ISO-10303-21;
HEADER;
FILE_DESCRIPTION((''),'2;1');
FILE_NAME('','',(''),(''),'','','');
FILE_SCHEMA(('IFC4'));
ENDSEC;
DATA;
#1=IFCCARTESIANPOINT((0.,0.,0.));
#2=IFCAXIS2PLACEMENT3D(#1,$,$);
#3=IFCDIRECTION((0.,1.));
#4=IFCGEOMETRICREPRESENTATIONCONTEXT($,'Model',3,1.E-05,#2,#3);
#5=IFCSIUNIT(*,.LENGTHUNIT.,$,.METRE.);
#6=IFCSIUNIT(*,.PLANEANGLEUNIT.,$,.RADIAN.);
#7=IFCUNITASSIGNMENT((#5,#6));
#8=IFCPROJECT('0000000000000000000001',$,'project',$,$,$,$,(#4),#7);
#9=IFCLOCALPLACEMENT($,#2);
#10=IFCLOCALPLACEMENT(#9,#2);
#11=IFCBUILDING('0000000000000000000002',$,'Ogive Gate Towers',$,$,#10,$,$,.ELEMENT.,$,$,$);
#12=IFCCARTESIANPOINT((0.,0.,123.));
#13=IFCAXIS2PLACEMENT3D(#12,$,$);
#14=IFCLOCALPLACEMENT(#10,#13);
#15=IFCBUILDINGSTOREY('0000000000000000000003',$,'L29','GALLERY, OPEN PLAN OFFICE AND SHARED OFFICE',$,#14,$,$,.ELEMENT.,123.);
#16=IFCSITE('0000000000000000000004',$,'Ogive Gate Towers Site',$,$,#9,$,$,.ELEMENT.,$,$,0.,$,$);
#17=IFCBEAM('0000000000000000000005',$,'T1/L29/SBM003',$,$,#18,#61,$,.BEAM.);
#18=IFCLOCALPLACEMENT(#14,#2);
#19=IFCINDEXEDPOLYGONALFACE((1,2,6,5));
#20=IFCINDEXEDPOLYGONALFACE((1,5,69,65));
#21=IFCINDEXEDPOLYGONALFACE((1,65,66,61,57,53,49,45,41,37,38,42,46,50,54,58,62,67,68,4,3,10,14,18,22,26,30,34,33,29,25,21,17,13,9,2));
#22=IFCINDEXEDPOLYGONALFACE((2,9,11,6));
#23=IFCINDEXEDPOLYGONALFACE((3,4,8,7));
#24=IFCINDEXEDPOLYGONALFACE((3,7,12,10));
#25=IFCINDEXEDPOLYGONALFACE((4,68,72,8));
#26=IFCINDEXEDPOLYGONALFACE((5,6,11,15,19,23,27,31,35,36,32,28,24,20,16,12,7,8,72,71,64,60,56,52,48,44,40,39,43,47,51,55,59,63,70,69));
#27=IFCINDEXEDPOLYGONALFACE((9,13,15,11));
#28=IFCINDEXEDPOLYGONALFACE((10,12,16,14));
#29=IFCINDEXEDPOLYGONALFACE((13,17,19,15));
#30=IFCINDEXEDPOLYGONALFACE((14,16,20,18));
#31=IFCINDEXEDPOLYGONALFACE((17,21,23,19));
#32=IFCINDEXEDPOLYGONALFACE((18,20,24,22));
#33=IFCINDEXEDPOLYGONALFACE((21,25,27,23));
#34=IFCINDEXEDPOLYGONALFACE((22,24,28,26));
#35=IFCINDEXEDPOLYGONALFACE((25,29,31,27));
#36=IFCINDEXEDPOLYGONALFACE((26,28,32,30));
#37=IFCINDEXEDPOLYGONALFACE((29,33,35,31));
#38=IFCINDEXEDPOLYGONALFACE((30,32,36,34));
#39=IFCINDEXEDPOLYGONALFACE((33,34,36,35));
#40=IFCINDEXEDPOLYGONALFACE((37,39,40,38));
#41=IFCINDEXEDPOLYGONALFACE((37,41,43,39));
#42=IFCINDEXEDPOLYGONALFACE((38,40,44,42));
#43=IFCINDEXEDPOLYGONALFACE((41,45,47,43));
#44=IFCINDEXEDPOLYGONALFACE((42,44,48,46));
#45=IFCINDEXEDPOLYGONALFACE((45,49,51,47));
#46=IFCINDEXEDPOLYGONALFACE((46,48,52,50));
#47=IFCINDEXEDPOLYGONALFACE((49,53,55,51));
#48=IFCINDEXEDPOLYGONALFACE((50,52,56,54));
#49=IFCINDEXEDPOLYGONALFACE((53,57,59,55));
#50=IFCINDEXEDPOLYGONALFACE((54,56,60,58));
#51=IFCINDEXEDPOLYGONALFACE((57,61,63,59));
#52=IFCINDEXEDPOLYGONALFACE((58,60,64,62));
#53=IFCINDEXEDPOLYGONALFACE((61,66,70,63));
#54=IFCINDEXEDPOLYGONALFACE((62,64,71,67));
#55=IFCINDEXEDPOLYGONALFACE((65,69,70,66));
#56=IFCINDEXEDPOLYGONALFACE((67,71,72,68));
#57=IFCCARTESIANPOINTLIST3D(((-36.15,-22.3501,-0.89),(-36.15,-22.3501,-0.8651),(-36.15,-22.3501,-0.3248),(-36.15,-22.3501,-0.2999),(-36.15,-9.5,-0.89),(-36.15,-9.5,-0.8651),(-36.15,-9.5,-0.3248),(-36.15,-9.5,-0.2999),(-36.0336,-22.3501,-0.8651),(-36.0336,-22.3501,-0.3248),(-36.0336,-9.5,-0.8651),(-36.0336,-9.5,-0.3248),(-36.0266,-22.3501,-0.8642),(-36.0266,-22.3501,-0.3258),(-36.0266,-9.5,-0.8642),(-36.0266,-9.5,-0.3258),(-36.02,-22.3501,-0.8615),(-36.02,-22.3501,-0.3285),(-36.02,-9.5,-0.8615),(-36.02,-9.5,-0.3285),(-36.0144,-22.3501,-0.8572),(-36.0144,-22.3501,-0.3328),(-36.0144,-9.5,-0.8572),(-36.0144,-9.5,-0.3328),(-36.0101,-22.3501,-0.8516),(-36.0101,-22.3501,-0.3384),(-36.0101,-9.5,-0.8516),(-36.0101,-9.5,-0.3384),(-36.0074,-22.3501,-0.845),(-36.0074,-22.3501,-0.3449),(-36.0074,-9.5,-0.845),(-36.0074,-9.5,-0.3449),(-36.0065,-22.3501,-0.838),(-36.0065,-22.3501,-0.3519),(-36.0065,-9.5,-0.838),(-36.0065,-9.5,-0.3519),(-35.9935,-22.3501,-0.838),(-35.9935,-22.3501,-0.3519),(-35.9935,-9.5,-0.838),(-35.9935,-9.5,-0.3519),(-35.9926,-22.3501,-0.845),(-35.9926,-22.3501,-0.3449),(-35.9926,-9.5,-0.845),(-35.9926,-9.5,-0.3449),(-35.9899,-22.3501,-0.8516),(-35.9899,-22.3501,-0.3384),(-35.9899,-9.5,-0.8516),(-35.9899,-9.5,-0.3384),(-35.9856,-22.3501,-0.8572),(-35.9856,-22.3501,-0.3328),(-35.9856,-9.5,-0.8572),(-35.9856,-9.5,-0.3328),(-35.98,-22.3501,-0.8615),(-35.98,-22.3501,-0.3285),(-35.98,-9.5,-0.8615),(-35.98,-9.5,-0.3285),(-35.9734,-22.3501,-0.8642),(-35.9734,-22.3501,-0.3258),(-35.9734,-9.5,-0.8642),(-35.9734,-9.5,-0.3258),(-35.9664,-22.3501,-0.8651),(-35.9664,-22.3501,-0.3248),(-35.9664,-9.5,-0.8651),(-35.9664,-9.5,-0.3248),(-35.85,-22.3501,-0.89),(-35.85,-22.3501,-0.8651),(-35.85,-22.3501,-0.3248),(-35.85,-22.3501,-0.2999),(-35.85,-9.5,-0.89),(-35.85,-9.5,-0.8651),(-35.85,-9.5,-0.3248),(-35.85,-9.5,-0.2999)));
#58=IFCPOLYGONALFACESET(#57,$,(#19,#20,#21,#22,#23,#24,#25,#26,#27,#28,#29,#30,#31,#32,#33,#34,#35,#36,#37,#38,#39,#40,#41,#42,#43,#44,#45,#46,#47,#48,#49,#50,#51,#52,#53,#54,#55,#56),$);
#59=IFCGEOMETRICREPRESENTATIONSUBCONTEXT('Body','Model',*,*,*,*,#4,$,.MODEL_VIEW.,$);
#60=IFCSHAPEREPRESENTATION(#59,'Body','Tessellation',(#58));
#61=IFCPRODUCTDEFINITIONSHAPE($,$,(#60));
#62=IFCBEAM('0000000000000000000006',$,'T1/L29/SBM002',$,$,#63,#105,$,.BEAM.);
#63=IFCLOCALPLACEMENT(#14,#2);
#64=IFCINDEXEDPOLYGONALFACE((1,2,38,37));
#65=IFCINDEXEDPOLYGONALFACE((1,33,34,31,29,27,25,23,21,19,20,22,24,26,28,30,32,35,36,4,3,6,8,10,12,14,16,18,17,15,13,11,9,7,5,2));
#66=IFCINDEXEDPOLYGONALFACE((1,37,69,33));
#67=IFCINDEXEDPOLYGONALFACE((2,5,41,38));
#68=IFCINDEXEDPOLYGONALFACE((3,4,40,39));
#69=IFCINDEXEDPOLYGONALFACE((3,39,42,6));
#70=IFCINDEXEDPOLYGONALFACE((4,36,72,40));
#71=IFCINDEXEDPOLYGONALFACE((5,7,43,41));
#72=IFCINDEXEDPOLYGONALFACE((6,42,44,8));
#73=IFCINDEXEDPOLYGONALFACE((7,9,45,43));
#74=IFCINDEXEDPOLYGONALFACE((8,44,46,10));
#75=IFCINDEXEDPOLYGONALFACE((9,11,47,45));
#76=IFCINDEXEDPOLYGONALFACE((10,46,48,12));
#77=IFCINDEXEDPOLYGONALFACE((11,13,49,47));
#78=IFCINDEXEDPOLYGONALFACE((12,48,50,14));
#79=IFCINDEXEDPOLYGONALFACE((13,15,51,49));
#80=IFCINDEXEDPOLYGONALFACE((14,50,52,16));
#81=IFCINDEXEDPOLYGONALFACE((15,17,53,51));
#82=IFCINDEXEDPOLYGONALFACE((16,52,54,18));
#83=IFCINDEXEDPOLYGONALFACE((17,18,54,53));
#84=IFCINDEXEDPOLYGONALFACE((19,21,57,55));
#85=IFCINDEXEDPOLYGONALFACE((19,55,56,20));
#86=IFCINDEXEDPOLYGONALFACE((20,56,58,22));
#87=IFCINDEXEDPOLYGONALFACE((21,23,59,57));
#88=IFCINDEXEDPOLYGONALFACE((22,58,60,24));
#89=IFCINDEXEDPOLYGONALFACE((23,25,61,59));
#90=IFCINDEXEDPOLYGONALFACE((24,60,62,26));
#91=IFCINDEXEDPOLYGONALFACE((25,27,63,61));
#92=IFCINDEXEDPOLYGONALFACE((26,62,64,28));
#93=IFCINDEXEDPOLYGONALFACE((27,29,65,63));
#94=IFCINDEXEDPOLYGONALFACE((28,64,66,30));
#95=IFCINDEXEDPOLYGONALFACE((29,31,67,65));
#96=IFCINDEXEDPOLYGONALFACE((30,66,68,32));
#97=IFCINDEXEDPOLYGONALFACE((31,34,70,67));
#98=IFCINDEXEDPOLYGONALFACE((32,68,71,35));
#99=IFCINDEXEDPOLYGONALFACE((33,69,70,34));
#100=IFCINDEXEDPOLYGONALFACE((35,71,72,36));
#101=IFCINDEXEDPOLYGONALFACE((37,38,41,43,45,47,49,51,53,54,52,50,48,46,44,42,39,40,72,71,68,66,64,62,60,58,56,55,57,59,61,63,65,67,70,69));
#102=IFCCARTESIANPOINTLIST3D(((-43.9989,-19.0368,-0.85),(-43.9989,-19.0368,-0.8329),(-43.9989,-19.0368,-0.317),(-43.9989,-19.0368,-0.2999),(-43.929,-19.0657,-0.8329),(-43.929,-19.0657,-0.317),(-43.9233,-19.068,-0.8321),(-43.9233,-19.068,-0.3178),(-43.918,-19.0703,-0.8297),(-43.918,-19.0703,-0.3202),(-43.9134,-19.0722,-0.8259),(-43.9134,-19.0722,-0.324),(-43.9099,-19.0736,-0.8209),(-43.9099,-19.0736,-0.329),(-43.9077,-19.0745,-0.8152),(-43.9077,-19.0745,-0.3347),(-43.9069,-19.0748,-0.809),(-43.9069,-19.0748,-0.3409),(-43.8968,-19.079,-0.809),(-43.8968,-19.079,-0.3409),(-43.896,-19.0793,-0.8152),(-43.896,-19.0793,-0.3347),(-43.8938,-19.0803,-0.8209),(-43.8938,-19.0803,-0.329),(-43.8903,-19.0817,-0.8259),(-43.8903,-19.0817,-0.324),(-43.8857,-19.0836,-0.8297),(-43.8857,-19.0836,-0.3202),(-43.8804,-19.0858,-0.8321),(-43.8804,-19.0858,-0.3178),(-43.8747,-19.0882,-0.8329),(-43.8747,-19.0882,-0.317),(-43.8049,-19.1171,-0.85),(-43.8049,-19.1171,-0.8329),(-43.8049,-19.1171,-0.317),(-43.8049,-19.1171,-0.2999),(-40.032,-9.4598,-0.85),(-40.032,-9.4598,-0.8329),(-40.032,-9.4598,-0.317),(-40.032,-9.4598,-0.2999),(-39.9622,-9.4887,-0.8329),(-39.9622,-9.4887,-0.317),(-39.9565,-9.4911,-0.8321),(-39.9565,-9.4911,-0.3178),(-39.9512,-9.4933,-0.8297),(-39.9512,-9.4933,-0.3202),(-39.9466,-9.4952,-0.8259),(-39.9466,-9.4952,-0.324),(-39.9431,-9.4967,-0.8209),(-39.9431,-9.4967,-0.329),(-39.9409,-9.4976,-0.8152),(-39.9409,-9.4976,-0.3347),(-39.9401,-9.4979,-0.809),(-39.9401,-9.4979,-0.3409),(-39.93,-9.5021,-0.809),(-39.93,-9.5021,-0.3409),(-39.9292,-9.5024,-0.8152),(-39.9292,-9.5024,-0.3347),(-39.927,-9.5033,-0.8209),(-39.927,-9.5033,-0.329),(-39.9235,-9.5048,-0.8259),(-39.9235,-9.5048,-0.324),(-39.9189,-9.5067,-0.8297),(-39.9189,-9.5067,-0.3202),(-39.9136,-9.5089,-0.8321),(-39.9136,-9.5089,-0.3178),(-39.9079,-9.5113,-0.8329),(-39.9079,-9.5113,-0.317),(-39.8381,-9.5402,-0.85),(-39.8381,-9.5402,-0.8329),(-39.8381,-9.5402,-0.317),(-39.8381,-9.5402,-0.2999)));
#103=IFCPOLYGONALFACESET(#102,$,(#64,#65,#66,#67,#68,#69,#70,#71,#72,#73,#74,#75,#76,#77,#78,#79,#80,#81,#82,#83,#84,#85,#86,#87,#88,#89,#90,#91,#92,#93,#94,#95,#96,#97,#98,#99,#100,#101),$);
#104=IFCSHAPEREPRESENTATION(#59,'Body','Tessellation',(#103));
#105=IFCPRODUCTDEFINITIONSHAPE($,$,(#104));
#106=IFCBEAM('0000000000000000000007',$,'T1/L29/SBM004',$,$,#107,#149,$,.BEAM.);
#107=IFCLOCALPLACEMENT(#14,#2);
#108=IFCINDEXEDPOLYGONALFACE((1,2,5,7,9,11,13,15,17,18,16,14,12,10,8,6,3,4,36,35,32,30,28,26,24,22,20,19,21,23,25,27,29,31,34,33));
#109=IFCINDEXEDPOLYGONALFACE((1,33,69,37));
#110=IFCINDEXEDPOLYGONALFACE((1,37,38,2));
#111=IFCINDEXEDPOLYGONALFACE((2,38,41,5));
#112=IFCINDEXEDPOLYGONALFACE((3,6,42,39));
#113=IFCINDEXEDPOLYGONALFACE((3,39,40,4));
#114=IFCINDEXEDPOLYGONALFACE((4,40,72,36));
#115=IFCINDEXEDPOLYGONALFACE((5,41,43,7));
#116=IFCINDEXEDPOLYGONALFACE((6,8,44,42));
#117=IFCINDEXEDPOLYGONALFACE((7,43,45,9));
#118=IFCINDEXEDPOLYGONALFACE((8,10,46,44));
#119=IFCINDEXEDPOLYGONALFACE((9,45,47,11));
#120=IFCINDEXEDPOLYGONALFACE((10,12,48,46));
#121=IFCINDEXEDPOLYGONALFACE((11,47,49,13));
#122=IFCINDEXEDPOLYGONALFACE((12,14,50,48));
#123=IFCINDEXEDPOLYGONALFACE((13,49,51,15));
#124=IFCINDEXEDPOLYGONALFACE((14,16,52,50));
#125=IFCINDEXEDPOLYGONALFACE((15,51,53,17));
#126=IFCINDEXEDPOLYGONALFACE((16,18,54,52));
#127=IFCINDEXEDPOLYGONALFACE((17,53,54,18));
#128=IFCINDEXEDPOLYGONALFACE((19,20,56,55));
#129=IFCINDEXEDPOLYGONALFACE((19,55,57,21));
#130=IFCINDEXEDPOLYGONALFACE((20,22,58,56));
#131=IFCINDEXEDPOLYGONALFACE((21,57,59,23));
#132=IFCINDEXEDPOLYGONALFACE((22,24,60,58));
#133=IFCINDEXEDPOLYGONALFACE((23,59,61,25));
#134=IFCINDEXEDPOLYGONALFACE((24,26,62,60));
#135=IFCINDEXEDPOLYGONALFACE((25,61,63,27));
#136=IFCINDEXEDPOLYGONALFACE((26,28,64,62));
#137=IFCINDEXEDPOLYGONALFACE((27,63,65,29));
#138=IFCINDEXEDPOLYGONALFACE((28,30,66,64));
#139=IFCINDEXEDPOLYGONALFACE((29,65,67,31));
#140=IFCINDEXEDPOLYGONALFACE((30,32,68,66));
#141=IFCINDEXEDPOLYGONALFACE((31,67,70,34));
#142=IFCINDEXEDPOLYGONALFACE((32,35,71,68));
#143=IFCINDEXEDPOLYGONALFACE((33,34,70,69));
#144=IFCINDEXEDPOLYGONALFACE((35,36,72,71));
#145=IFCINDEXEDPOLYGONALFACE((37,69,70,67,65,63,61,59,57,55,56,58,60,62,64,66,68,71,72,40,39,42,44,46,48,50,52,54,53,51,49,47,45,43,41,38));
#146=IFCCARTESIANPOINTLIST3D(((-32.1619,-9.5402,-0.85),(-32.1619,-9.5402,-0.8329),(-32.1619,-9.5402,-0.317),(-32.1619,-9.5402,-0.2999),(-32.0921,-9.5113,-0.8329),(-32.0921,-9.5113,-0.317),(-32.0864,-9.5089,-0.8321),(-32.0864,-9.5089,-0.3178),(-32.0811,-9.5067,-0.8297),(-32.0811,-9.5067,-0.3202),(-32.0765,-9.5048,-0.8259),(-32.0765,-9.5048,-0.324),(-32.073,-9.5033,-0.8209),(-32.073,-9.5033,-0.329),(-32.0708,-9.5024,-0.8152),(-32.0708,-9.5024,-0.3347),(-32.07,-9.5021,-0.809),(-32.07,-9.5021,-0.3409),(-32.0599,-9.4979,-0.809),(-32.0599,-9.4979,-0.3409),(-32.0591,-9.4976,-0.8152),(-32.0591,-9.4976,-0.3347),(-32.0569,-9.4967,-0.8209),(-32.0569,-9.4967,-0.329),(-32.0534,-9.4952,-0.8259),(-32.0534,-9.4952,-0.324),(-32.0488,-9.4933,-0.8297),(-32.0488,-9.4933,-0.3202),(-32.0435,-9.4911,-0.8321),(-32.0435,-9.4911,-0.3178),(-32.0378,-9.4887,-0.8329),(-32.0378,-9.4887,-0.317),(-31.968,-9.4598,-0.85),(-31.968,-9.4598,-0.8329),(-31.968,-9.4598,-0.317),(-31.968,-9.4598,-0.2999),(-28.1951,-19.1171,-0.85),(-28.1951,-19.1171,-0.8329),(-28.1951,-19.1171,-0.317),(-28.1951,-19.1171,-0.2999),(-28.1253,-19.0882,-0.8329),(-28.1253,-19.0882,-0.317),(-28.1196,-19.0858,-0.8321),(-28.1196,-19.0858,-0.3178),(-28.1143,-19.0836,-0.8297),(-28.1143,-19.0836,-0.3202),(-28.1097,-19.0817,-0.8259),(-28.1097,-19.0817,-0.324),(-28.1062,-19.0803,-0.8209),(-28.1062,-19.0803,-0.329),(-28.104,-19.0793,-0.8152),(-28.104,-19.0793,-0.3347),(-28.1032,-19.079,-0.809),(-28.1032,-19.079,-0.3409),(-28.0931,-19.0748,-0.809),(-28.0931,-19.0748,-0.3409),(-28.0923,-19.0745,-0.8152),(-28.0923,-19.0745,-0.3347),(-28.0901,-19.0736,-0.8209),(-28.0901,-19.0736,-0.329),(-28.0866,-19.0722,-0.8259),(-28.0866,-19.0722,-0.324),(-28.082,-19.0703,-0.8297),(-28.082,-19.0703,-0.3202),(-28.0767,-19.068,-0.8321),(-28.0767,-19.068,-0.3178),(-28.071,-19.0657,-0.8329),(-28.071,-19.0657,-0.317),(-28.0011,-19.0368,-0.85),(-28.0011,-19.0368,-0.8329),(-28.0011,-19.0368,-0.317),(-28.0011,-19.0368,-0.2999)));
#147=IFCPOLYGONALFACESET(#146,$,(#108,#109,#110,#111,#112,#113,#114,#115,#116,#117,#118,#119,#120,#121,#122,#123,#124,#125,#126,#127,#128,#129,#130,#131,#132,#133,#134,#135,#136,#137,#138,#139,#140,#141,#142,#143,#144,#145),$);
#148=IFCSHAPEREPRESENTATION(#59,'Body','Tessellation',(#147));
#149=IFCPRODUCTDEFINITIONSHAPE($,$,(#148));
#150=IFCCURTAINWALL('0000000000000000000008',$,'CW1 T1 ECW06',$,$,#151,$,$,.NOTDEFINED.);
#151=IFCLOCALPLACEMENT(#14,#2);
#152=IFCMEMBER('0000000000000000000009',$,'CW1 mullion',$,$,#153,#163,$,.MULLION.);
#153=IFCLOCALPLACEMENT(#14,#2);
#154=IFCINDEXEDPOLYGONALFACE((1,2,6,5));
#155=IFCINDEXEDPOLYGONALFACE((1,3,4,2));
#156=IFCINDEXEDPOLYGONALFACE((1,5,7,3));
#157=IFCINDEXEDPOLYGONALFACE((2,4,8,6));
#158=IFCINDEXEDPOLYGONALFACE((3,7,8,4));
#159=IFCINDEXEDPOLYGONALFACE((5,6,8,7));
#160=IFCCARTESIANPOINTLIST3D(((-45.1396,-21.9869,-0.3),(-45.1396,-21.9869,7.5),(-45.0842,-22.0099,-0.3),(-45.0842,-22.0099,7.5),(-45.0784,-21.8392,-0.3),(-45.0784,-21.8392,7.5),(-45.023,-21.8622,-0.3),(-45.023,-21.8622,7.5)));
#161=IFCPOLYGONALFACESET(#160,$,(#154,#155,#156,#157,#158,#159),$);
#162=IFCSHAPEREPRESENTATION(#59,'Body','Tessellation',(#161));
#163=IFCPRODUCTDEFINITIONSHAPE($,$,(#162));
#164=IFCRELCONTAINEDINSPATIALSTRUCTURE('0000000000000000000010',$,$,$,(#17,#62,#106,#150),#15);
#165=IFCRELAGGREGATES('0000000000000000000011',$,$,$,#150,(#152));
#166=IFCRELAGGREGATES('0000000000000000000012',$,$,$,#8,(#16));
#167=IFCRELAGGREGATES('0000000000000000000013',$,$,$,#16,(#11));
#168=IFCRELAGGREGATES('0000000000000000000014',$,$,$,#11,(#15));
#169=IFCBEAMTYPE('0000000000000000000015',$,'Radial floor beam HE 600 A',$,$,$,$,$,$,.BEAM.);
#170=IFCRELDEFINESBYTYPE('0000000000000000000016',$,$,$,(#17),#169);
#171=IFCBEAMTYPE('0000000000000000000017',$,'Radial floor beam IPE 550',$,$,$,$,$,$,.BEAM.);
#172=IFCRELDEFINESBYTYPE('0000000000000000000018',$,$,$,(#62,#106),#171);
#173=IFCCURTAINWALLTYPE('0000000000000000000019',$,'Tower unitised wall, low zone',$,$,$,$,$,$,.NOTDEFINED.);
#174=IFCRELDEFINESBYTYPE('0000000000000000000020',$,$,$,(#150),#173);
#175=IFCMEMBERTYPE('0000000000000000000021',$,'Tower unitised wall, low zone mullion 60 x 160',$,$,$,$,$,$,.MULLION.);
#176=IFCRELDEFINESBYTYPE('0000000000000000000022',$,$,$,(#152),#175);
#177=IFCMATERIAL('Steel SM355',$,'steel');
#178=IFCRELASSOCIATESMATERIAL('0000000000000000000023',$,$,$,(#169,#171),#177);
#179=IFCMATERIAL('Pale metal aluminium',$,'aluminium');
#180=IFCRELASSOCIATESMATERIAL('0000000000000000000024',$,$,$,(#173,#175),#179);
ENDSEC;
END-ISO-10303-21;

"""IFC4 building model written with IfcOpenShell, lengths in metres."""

from ifc_helpers import new_model, si_unit, direction, frame, origin, origin_2d, place, context, subcontext, project, spatial, rectangle, i_section, extrude, material, material_profile, profile_set, type_object, element, aggregate, save


model = new_model("IFC4")

# Units and contexts
model_context = context("Model", 3, precision=1e-05, world=origin(), true_north=direction((0.0, 1.0)))
body_context = subcontext(model_context, "Body", "Model", "MODEL_VIEW")
ifc_project = project(units=[si_unit("LENGTHUNIT", "METRE"), si_unit("PLANEANGLEUNIT", "RADIAN")], contexts=[model_context])

# Site, building, storey
site_placement = place(None, origin())
site = spatial("IfcSite", under=ifc_project, at=site_placement, Name="Ogive Gate Towers Site", CompositionType="ELEMENT", RefElevation=0.0)
building_placement = place(site_placement, origin())
building = spatial("IfcBuilding", under=site, at=building_placement, Name="Ogive Gate Towers", CompositionType="ELEMENT")
storey_placement = place(building_placement, frame((0.0, 0.0, 123.0)))
storey = spatial("IfcBuildingStorey", under=building, at=storey_placement, Name="L29", Description="GALLERY, OPEN PLAN OFFICE AND SHARED OFFICE", CompositionType="ELEMENT", Elevation=123.0)

# Beams
ifc_material_1 = material(Name="Steel SM355", Category="steel")
ifc_material_profile_1 = material_profile(ifc_material_1, i_section(OverallWidth=0.3, OverallDepth=0.5901, WebThickness=0.0129, FlangeThickness=0.0249, FilletRadius=0.0271, at=origin_2d()), Name="HE 600 A")
ifc_profile_set_1 = profile_set([ifc_material_profile_1], Name="Steel SM355")
beam_type_1 = type_object("IfcBeamType", Name="Radial floor beam HE 600 A", PredefinedType="BEAM", material=ifc_profile_set_1)
beam_placement = place(storey_placement, frame((-36.0, -9.5, -0.595), z_axis=(0.0, -1.0, 0.0), x_axis=(1.0, 0.0, 0.0)))
element("IfcBeam", 1, at=beam_placement, inside=storey, type_object=beam_type_1, Name="T1/L29/SBM003", PredefinedType="BEAM", context=body_context, shape_type="SweptSolid", body=[
    extrude(i_section(OverallWidth=0.3, OverallDepth=0.5901, WebThickness=0.0129, FlangeThickness=0.0249, FilletRadius=0.0271, at=origin_2d()), origin(), (0.0, 0.0, 1.0), 12.8501),
])
ifc_material_profile_2 = material_profile(ifc_material_1, i_section(OverallWidth=0.21, OverallDepth=0.55, WebThickness=0.011, FlangeThickness=0.0171, FilletRadius=0.0239, at=origin_2d()), Name="IPE 550")
ifc_profile_set_2 = profile_set([ifc_material_profile_2], Name="Steel SM355")
beam_type_2 = type_object("IfcBeamType", Name="Radial floor beam IPE 550", PredefinedType="BEAM", material=ifc_profile_set_2)
for number, where, z_axis, x_axis, name in (
    (2, (-39.9351, -9.5, -0.575), (-0.382676, -0.923882, 0.0), (0.923882, -0.382676, 0.0), "T1/L29/SBM002"),
    (3, (-32.0649, -9.5, -0.575), (0.382676, -0.923882, 0.0), (0.923882, 0.382676, 0.0), "T1/L29/SBM004"),
):
    element("IfcBeam", number, at=place(storey_placement, frame(where, z_axis=z_axis, x_axis=x_axis)), inside=storey, type_object=beam_type_2, Name=name, PredefinedType="BEAM", context=body_context, shape_type="SweptSolid", body=[
        extrude(i_section(OverallWidth=0.21, OverallDepth=0.55, WebThickness=0.011, FlangeThickness=0.0171, FilletRadius=0.0239, at=origin_2d()), origin(), (0.0, 0.0, 1.0), 10.366),
    ])

# Curtain wall, member
ifc_material_2 = material(Name="Pale metal aluminium", Category="aluminium")
curtain_wall_type = type_object("IfcCurtainWallType", Name="Tower unitised wall, low zone", PredefinedType="NOTDEFINED", material=ifc_material_2)
curtain_wall_placement = place(storey_placement, origin())
curtain_wall = element("IfcCurtainWall", 4, at=curtain_wall_placement, inside=storey, type_object=curtain_wall_type, Name="CW1 T1 ECW06", PredefinedType="NOTDEFINED")
ifc_material_profile_3 = material_profile(ifc_material_2, rectangle(XDim=0.1599, YDim=0.0601, at=origin_2d()), Name="60 x 160 aluminium box")
ifc_profile_set_3 = profile_set([ifc_material_profile_3], Name="Pale metal aluminium")
member_type = type_object("IfcMemberType", Name="Tower unitised wall, low zone mullion 60 x 160", PredefinedType="MULLION", material=ifc_profile_set_3)
member_placement = place(storey_placement, frame((-45.0813, -21.9246, -0.3), z_axis=(0.0, 0.0, 1.0), x_axis=(-0.382683, -0.92388, 0.0)))
member = element("IfcMember", 5, at=member_placement, type_object=member_type, Name="CW1 mullion", PredefinedType="MULLION", context=body_context, shape_type="SweptSolid", body=[
    extrude(rectangle(XDim=0.1599, YDim=0.0601, at=origin_2d()), origin(), (0.0, 0.0, 1.0), 7.8),
])
aggregate(curtain_wall, [member])

save(model, "model.ifc")
